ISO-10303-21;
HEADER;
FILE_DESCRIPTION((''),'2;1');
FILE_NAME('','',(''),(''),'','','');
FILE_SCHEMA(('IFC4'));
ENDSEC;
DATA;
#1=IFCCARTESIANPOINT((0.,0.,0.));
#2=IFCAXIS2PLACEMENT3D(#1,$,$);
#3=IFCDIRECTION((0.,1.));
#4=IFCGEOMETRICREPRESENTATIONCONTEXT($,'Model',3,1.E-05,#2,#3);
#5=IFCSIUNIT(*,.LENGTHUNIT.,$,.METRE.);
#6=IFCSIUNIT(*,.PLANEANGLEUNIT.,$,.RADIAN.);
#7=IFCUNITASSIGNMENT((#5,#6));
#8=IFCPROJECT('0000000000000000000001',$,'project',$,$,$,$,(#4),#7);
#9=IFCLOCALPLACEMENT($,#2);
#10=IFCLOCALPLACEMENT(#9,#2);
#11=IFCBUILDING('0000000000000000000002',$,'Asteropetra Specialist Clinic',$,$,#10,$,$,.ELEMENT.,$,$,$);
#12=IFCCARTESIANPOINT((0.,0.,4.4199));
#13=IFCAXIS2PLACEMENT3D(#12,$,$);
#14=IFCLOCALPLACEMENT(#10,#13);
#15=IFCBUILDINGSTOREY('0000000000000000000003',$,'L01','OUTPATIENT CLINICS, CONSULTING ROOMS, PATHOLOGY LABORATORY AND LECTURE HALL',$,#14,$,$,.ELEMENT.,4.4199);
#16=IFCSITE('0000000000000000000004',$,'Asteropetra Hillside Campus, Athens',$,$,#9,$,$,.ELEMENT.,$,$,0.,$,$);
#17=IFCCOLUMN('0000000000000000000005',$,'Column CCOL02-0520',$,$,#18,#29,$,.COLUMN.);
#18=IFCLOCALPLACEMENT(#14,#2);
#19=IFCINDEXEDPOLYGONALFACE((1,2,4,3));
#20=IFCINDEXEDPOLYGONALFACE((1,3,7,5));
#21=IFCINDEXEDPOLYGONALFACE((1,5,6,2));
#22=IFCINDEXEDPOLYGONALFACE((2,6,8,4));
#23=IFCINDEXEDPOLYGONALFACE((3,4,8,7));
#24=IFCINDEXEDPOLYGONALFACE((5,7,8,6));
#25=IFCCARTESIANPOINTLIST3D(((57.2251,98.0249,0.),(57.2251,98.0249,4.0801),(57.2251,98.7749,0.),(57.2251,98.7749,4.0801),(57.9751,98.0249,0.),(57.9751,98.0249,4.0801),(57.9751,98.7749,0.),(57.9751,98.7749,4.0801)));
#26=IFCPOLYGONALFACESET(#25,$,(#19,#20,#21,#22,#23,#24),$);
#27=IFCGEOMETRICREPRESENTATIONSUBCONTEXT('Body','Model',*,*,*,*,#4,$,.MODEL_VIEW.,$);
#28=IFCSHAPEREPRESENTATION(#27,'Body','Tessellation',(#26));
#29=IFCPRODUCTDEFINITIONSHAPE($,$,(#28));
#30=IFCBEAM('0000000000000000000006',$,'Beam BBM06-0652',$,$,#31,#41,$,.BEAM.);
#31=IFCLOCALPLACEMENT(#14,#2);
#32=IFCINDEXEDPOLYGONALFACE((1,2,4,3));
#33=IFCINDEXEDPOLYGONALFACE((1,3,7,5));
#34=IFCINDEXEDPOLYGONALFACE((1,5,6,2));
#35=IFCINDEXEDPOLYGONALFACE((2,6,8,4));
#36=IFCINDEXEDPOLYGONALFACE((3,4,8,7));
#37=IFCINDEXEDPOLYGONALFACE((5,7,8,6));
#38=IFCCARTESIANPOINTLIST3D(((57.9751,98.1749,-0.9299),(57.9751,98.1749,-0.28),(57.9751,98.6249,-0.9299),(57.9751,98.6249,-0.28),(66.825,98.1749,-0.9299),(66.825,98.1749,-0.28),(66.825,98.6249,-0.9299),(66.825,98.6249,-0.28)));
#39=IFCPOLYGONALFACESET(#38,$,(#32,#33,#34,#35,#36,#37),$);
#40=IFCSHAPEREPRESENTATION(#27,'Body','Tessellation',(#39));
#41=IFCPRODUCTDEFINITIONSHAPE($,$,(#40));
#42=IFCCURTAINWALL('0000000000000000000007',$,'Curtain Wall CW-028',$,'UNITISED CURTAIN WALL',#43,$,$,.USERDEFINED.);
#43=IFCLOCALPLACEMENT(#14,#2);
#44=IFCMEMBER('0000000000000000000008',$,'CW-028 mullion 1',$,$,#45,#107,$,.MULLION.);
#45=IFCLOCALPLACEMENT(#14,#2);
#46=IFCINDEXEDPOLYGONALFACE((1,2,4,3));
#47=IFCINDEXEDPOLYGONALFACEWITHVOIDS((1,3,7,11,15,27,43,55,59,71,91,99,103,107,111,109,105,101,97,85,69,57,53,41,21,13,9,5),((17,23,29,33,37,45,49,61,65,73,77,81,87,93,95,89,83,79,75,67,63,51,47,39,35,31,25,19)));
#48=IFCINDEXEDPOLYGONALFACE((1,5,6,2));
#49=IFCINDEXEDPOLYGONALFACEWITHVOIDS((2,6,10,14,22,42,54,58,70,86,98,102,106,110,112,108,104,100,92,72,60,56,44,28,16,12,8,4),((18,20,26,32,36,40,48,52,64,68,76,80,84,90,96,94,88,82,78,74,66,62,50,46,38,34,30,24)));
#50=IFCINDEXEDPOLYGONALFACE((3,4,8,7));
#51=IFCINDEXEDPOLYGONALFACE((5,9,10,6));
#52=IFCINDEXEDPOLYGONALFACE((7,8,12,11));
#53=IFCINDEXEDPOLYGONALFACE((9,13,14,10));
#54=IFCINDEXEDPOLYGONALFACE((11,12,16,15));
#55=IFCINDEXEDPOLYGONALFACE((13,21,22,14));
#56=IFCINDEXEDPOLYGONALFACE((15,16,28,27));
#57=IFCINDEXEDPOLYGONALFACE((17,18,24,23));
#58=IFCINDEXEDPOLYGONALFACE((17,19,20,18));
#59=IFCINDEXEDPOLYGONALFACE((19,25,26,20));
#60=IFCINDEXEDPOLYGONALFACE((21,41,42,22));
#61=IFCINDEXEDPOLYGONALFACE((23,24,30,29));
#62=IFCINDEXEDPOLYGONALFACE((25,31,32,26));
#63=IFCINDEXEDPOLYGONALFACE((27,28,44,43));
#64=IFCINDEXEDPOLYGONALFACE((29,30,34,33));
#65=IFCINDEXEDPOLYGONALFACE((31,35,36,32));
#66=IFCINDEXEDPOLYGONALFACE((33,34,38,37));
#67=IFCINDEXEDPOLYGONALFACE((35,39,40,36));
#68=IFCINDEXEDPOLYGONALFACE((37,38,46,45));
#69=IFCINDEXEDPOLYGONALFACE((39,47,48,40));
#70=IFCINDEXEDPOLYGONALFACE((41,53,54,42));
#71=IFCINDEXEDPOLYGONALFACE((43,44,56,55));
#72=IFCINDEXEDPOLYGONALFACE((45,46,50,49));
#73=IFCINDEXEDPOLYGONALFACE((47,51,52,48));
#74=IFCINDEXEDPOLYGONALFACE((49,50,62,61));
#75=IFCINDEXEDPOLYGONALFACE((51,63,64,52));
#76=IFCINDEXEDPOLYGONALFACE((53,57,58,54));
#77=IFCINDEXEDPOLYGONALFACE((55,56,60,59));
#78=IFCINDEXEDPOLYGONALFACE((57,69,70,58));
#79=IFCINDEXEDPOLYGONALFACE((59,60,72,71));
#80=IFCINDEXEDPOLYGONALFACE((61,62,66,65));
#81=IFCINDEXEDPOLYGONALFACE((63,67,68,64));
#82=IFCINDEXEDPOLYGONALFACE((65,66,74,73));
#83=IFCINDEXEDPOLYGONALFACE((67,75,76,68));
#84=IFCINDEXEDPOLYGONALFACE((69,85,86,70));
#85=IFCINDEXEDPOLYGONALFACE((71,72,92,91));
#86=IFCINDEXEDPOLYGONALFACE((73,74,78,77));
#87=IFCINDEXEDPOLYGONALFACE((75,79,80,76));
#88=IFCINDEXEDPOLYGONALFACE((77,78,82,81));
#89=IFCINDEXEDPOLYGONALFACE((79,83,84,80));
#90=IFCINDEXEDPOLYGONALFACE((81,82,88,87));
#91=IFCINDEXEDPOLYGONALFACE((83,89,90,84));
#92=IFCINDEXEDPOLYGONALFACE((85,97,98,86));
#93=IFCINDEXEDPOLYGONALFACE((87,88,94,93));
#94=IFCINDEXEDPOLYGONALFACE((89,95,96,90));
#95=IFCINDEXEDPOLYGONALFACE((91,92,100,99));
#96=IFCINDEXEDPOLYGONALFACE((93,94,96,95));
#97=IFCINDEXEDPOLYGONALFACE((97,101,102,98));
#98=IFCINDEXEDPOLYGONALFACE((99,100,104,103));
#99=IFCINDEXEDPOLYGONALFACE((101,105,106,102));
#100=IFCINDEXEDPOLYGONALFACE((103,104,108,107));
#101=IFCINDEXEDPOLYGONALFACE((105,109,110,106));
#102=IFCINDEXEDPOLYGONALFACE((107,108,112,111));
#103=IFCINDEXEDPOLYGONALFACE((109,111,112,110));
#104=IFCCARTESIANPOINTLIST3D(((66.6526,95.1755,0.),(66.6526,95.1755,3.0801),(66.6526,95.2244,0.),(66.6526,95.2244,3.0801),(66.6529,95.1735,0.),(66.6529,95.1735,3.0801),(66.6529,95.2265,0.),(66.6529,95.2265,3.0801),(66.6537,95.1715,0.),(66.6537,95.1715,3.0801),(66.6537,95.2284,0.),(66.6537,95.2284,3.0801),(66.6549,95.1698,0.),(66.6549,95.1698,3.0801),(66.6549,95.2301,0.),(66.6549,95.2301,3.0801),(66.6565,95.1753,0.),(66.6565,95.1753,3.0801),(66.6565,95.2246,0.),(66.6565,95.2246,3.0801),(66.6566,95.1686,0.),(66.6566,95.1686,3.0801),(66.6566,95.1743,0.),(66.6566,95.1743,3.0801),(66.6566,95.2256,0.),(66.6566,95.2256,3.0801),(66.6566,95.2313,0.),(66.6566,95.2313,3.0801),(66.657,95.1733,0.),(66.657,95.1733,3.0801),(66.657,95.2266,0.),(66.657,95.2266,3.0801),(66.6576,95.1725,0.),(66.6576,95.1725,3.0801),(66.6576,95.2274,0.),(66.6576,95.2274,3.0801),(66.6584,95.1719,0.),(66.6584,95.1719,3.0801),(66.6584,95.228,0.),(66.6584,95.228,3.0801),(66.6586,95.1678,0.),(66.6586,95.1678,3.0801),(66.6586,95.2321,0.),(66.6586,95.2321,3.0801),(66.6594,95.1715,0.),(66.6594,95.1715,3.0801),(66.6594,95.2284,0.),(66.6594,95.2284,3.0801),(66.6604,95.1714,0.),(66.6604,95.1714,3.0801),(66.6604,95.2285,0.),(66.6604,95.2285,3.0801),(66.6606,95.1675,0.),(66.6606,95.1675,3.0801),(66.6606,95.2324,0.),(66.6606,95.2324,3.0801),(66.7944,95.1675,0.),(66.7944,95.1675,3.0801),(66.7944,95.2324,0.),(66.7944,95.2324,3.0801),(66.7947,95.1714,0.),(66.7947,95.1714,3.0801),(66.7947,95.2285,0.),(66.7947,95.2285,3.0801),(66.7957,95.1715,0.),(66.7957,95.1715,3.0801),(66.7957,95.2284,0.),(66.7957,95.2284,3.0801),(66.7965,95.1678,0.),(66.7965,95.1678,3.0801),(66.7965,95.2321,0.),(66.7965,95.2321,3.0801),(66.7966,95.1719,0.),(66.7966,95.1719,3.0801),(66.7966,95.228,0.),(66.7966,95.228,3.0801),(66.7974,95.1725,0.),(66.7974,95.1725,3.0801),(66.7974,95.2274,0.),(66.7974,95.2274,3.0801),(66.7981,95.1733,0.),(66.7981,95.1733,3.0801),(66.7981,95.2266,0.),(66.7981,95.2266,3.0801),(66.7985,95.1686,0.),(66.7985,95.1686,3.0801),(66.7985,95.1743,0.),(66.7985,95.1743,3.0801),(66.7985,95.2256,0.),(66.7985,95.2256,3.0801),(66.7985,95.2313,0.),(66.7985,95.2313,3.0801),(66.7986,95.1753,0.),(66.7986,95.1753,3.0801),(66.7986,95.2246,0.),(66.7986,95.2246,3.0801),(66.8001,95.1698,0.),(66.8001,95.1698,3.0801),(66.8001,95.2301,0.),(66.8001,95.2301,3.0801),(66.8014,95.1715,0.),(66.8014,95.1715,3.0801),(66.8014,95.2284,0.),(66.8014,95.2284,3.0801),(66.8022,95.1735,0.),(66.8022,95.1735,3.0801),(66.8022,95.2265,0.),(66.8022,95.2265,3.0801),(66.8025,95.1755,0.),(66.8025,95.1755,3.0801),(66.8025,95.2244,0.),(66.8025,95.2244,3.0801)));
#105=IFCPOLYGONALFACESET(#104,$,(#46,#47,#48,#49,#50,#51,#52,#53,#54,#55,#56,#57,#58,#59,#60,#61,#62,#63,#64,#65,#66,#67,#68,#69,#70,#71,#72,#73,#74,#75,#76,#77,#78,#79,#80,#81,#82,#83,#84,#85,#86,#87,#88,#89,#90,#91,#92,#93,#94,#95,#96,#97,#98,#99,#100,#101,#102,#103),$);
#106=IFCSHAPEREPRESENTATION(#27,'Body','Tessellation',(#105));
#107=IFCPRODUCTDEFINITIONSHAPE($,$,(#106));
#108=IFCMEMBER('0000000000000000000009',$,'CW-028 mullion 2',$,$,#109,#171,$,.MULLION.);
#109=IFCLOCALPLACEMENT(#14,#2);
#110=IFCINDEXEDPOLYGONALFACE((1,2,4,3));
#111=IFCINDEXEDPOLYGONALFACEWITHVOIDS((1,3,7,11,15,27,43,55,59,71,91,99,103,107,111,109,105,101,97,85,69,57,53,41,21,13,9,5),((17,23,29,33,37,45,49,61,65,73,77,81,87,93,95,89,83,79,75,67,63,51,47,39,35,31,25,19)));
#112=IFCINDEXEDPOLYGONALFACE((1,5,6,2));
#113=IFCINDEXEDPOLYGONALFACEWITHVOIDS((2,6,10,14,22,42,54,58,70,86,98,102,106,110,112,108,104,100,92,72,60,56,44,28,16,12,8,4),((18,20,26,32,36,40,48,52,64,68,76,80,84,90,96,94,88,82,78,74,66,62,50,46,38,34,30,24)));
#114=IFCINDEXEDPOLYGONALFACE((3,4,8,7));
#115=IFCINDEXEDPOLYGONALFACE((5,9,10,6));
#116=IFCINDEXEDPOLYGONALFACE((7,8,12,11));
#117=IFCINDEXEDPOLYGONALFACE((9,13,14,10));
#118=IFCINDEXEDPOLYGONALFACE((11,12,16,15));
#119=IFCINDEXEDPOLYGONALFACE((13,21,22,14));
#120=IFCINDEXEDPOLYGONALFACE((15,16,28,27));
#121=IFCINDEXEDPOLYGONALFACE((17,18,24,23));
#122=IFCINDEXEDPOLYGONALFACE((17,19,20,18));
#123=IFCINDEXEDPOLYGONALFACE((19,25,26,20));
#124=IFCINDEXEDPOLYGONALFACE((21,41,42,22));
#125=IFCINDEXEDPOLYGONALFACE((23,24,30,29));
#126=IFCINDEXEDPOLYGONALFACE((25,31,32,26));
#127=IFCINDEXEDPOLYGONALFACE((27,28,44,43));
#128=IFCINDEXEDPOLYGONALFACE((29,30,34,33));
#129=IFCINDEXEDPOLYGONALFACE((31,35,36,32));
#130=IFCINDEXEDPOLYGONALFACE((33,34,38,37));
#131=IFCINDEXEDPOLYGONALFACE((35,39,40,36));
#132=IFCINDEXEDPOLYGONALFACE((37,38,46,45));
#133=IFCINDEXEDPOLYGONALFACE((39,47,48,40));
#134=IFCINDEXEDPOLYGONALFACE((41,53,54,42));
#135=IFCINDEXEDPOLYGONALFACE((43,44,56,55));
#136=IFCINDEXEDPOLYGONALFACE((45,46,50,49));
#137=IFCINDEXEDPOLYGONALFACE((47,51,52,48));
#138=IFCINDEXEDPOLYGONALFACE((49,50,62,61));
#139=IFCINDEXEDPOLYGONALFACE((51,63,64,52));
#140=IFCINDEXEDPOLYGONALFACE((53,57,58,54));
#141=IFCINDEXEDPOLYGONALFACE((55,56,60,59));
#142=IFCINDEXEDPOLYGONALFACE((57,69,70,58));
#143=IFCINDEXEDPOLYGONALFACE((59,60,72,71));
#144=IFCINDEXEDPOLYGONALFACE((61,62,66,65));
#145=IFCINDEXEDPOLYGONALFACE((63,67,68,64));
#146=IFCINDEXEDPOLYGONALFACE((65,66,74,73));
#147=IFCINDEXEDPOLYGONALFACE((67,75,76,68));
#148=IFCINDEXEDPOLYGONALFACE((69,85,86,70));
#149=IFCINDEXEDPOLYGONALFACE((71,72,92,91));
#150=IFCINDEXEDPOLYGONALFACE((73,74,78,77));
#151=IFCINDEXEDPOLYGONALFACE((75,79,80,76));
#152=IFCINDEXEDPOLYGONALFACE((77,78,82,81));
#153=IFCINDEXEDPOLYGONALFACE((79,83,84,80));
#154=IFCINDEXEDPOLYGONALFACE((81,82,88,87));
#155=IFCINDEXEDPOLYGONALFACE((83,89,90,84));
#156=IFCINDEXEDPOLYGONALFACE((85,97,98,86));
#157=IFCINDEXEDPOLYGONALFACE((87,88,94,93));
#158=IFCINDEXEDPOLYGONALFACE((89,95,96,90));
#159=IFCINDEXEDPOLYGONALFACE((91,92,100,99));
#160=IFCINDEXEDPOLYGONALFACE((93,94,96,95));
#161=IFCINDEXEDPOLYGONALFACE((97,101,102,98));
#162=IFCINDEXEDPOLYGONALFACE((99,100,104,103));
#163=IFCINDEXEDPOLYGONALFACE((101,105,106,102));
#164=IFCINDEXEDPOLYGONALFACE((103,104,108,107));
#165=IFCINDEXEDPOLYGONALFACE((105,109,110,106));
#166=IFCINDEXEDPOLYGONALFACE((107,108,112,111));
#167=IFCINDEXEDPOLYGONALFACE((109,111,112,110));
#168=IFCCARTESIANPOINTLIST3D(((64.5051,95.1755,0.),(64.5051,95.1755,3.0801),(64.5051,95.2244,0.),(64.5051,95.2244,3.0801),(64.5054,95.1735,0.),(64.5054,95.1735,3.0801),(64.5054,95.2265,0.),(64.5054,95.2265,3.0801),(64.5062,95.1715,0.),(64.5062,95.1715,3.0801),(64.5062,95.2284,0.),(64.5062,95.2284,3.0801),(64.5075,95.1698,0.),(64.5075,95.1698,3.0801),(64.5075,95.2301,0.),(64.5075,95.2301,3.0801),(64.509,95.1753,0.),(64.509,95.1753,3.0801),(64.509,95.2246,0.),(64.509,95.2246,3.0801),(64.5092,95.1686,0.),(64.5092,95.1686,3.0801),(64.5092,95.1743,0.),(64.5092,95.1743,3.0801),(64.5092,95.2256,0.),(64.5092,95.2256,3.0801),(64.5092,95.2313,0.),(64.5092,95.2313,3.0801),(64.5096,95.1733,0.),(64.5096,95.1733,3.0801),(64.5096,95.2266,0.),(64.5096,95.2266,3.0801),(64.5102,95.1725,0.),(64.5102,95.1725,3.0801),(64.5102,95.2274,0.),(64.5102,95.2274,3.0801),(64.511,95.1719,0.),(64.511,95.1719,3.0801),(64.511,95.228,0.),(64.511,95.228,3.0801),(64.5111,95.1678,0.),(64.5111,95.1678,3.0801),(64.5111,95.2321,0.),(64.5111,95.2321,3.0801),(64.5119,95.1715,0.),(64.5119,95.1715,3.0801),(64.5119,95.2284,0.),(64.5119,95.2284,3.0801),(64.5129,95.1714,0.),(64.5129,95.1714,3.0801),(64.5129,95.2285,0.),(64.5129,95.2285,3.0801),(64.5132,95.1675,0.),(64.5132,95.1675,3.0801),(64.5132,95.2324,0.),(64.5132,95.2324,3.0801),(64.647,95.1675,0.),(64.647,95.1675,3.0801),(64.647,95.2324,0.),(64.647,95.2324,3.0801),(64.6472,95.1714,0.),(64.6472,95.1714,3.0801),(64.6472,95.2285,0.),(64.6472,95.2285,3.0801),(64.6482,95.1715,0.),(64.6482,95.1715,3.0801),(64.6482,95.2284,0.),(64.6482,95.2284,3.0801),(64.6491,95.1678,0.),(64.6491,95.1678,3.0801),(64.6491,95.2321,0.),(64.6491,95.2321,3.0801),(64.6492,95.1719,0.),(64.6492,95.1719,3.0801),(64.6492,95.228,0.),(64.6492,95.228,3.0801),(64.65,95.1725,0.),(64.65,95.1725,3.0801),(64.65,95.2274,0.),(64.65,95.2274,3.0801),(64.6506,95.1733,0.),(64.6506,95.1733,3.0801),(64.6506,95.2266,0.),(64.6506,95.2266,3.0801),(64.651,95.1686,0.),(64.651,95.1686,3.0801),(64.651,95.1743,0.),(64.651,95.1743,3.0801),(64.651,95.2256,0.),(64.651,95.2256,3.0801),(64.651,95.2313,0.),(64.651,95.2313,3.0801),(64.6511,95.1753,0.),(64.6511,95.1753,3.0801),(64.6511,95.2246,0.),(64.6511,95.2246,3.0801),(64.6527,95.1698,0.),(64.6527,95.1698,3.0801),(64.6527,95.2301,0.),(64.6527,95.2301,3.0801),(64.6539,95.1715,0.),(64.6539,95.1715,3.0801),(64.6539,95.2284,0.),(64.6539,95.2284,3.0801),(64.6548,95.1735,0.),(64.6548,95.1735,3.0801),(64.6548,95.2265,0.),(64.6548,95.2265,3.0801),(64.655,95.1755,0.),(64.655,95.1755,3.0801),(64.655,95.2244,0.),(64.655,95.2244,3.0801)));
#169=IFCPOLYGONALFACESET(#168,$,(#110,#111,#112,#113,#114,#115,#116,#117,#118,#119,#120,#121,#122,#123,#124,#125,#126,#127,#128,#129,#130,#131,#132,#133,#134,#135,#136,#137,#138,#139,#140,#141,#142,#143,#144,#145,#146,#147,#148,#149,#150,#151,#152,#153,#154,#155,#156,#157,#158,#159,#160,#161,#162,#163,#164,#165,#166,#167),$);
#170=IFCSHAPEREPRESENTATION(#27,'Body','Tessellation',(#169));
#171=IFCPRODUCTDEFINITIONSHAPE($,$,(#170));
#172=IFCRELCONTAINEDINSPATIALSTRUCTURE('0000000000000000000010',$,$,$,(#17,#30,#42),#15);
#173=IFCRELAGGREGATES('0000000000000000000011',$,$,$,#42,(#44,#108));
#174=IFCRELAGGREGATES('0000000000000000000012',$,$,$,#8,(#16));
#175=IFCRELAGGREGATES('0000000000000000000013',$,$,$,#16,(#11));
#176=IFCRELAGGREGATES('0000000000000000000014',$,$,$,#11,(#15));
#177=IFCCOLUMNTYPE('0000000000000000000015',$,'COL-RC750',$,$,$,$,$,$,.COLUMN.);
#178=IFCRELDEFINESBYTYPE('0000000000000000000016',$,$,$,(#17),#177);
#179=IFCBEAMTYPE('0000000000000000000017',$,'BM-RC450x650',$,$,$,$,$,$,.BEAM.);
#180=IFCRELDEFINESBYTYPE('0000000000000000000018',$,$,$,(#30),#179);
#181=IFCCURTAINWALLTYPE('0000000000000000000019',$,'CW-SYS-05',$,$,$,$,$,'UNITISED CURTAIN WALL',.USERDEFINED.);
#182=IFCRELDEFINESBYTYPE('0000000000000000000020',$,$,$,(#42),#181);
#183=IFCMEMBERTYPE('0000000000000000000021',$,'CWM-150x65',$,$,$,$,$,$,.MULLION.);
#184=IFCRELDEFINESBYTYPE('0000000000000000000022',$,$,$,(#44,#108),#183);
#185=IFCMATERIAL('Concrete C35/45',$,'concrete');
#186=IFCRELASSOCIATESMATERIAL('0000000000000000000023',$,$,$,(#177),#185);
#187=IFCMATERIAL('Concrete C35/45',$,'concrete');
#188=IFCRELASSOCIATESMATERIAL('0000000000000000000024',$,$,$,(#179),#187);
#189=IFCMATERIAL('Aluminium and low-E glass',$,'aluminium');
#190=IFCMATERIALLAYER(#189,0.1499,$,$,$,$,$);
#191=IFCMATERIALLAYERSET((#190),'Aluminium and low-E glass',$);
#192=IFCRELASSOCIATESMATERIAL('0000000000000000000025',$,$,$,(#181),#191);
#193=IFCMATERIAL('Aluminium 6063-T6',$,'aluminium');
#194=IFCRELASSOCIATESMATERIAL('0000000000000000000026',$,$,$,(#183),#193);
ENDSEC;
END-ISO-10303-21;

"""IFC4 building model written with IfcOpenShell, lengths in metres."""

from ifc_helpers import new_model, si_unit, direction, frame, origin, origin_2d, place, context, subcontext, project, spatial, rectangle, hollow_rectangle, extrude, material, layer, layer_set, material_profile, profile_set, type_object, element, aggregate, save


model = new_model("IFC4")

# Units and contexts
model_context = context("Model", 3, precision=1e-05, world=origin(), true_north=direction((0.0, 1.0)))
body_context = subcontext(model_context, "Body", "Model", "MODEL_VIEW")
ifc_project = project(units=[si_unit("LENGTHUNIT", "METRE"), si_unit("PLANEANGLEUNIT", "RADIAN")], contexts=[model_context])

# Site, building, storey
site_placement = place(None, origin())
site = spatial("IfcSite", under=ifc_project, at=site_placement, Name="Asteropetra Hillside Campus, Athens", CompositionType="ELEMENT", RefElevation=0.0)
building_placement = place(site_placement, origin())
building = spatial("IfcBuilding", under=site, at=building_placement, Name="Asteropetra Specialist Clinic", CompositionType="ELEMENT")
storey_placement = place(building_placement, frame((0.0, 0.0, 4.4199)))
storey = spatial("IfcBuildingStorey", under=building, at=storey_placement, Name="L01", Description="OUTPATIENT CLINICS, CONSULTING ROOMS, PATHOLOGY LABORATORY AND LECTURE HALL", CompositionType="ELEMENT", Elevation=4.4199)

# Column
ifc_material_1 = material(Name="Concrete C35/45", Category="concrete")
ifc_material_profile_1 = material_profile(ifc_material_1, rectangle(XDim=0.75, YDim=0.75, at=origin_2d()), Name="RC 750x750")
ifc_profile_set_1 = profile_set([ifc_material_profile_1], Name="Concrete C35/45")
column_type = type_object("IfcColumnType", Name="COL-RC750", PredefinedType="COLUMN", material=ifc_profile_set_1)
column_placement = place(storey_placement, frame((57.6001, 98.3999, 0.0), z_axis=(0.0, 0.0, 1.0), x_axis=(1.0, 0.0, 0.0)))
element("IfcColumn", 1, at=column_placement, inside=storey, type_object=column_type, Name="Column CCOL02-0520", PredefinedType="COLUMN", context=body_context, shape_type="SweptSolid", body=[
    extrude(rectangle(XDim=0.75, YDim=0.75, at=origin_2d()), origin(), (0.0, 0.0, 1.0), 4.0801),
])

# Beam
ifc_material_2 = material(Name="Concrete C35/45", Category="concrete")
ifc_material_profile_2 = material_profile(ifc_material_2, rectangle(XDim=0.45, YDim=0.6499, at=origin_2d()), Name="RCB 450x650")
ifc_profile_set_2 = profile_set([ifc_material_profile_2], Name="Concrete C35/45")
beam_type = type_object("IfcBeamType", Name="BM-RC450x650", PredefinedType="BEAM", material=ifc_profile_set_2)
beam_placement = place(storey_placement, frame((57.9751, 98.3999, -0.605), z_axis=(1.0, 0.0, 0.0), x_axis=(0.0, 1.0, 0.0)))
element("IfcBeam", 2, at=beam_placement, inside=storey, type_object=beam_type, Name="Beam BBM06-0652", PredefinedType="BEAM", context=body_context, shape_type="SweptSolid", body=[
    extrude(rectangle(XDim=0.45, YDim=0.6499, at=origin_2d()), origin(), (0.0, 0.0, 1.0), 8.8499),
])

# Curtain wall, members
ifc_material_3 = material(Name="Aluminium and low-E glass", Category="aluminium")
ifc_layer_1 = layer(ifc_material_3, 0.1499)
ifc_layer_set_1 = layer_set([ifc_layer_1], Name="Aluminium and low-E glass")
curtain_wall_type = type_object("IfcCurtainWallType", Name="CW-SYS-05", ElementType="UNITISED CURTAIN WALL", PredefinedType="USERDEFINED", material=ifc_layer_set_1)
curtain_wall_placement = place(storey_placement, origin())
curtain_wall = element("IfcCurtainWall", 3, at=curtain_wall_placement, inside=storey, type_object=curtain_wall_type, Name="Curtain Wall CW-028", ObjectType="UNITISED CURTAIN WALL", PredefinedType="USERDEFINED")
ifc_material_4 = material(Name="Aluminium 6063-T6", Category="aluminium")
ifc_material_profile_3 = material_profile(ifc_material_4, hollow_rectangle(XDim=0.0649, YDim=0.1499, WallThickness=0.0039, InnerFilletRadius=0.0039, OuterFilletRadius=0.0081, at=origin_2d()), Name="MUL 150x65x4.0")
ifc_profile_set_3 = profile_set([ifc_material_profile_3], Name="Aluminium 6063-T6")
member_type_1 = type_object("IfcMemberType", Name="CWM-150x65", PredefinedType="MULLION", material=ifc_profile_set_3)
member_1_placement = place(storey_placement, frame((66.7275, 95.2, 0.0), z_axis=(0.0, 0.0, 1.0), x_axis=(0.0, -1.0, 0.0)))
member_1 = element("IfcMember", 4, at=member_1_placement, type_object=member_type_1, Name="CW-028 mullion 1", PredefinedType="MULLION", context=body_context, shape_type="SweptSolid", body=[
    extrude(hollow_rectangle(XDim=0.0649, YDim=0.1499, WallThickness=0.0039, InnerFilletRadius=0.0039, OuterFilletRadius=0.0081, at=origin_2d()), origin(), (0.0, 0.0, 1.0), 3.0801),
])
member_2_placement = place(storey_placement, frame((64.5801, 95.2, 0.0), z_axis=(0.0, 0.0, 1.0), x_axis=(0.0, -1.0, 0.0)))
member_2 = element("IfcMember", 5, at=member_2_placement, type_object=member_type_1, Name="CW-028 mullion 2", PredefinedType="MULLION", context=body_context, shape_type="SweptSolid", body=[
    extrude(hollow_rectangle(XDim=0.0649, YDim=0.1499, WallThickness=0.0039, InnerFilletRadius=0.0039, OuterFilletRadius=0.0081, at=origin_2d()), origin(), (0.0, 0.0, 1.0), 3.0801),
])
aggregate(curtain_wall, [member_1, member_2])

save(model, "model.ifc")
